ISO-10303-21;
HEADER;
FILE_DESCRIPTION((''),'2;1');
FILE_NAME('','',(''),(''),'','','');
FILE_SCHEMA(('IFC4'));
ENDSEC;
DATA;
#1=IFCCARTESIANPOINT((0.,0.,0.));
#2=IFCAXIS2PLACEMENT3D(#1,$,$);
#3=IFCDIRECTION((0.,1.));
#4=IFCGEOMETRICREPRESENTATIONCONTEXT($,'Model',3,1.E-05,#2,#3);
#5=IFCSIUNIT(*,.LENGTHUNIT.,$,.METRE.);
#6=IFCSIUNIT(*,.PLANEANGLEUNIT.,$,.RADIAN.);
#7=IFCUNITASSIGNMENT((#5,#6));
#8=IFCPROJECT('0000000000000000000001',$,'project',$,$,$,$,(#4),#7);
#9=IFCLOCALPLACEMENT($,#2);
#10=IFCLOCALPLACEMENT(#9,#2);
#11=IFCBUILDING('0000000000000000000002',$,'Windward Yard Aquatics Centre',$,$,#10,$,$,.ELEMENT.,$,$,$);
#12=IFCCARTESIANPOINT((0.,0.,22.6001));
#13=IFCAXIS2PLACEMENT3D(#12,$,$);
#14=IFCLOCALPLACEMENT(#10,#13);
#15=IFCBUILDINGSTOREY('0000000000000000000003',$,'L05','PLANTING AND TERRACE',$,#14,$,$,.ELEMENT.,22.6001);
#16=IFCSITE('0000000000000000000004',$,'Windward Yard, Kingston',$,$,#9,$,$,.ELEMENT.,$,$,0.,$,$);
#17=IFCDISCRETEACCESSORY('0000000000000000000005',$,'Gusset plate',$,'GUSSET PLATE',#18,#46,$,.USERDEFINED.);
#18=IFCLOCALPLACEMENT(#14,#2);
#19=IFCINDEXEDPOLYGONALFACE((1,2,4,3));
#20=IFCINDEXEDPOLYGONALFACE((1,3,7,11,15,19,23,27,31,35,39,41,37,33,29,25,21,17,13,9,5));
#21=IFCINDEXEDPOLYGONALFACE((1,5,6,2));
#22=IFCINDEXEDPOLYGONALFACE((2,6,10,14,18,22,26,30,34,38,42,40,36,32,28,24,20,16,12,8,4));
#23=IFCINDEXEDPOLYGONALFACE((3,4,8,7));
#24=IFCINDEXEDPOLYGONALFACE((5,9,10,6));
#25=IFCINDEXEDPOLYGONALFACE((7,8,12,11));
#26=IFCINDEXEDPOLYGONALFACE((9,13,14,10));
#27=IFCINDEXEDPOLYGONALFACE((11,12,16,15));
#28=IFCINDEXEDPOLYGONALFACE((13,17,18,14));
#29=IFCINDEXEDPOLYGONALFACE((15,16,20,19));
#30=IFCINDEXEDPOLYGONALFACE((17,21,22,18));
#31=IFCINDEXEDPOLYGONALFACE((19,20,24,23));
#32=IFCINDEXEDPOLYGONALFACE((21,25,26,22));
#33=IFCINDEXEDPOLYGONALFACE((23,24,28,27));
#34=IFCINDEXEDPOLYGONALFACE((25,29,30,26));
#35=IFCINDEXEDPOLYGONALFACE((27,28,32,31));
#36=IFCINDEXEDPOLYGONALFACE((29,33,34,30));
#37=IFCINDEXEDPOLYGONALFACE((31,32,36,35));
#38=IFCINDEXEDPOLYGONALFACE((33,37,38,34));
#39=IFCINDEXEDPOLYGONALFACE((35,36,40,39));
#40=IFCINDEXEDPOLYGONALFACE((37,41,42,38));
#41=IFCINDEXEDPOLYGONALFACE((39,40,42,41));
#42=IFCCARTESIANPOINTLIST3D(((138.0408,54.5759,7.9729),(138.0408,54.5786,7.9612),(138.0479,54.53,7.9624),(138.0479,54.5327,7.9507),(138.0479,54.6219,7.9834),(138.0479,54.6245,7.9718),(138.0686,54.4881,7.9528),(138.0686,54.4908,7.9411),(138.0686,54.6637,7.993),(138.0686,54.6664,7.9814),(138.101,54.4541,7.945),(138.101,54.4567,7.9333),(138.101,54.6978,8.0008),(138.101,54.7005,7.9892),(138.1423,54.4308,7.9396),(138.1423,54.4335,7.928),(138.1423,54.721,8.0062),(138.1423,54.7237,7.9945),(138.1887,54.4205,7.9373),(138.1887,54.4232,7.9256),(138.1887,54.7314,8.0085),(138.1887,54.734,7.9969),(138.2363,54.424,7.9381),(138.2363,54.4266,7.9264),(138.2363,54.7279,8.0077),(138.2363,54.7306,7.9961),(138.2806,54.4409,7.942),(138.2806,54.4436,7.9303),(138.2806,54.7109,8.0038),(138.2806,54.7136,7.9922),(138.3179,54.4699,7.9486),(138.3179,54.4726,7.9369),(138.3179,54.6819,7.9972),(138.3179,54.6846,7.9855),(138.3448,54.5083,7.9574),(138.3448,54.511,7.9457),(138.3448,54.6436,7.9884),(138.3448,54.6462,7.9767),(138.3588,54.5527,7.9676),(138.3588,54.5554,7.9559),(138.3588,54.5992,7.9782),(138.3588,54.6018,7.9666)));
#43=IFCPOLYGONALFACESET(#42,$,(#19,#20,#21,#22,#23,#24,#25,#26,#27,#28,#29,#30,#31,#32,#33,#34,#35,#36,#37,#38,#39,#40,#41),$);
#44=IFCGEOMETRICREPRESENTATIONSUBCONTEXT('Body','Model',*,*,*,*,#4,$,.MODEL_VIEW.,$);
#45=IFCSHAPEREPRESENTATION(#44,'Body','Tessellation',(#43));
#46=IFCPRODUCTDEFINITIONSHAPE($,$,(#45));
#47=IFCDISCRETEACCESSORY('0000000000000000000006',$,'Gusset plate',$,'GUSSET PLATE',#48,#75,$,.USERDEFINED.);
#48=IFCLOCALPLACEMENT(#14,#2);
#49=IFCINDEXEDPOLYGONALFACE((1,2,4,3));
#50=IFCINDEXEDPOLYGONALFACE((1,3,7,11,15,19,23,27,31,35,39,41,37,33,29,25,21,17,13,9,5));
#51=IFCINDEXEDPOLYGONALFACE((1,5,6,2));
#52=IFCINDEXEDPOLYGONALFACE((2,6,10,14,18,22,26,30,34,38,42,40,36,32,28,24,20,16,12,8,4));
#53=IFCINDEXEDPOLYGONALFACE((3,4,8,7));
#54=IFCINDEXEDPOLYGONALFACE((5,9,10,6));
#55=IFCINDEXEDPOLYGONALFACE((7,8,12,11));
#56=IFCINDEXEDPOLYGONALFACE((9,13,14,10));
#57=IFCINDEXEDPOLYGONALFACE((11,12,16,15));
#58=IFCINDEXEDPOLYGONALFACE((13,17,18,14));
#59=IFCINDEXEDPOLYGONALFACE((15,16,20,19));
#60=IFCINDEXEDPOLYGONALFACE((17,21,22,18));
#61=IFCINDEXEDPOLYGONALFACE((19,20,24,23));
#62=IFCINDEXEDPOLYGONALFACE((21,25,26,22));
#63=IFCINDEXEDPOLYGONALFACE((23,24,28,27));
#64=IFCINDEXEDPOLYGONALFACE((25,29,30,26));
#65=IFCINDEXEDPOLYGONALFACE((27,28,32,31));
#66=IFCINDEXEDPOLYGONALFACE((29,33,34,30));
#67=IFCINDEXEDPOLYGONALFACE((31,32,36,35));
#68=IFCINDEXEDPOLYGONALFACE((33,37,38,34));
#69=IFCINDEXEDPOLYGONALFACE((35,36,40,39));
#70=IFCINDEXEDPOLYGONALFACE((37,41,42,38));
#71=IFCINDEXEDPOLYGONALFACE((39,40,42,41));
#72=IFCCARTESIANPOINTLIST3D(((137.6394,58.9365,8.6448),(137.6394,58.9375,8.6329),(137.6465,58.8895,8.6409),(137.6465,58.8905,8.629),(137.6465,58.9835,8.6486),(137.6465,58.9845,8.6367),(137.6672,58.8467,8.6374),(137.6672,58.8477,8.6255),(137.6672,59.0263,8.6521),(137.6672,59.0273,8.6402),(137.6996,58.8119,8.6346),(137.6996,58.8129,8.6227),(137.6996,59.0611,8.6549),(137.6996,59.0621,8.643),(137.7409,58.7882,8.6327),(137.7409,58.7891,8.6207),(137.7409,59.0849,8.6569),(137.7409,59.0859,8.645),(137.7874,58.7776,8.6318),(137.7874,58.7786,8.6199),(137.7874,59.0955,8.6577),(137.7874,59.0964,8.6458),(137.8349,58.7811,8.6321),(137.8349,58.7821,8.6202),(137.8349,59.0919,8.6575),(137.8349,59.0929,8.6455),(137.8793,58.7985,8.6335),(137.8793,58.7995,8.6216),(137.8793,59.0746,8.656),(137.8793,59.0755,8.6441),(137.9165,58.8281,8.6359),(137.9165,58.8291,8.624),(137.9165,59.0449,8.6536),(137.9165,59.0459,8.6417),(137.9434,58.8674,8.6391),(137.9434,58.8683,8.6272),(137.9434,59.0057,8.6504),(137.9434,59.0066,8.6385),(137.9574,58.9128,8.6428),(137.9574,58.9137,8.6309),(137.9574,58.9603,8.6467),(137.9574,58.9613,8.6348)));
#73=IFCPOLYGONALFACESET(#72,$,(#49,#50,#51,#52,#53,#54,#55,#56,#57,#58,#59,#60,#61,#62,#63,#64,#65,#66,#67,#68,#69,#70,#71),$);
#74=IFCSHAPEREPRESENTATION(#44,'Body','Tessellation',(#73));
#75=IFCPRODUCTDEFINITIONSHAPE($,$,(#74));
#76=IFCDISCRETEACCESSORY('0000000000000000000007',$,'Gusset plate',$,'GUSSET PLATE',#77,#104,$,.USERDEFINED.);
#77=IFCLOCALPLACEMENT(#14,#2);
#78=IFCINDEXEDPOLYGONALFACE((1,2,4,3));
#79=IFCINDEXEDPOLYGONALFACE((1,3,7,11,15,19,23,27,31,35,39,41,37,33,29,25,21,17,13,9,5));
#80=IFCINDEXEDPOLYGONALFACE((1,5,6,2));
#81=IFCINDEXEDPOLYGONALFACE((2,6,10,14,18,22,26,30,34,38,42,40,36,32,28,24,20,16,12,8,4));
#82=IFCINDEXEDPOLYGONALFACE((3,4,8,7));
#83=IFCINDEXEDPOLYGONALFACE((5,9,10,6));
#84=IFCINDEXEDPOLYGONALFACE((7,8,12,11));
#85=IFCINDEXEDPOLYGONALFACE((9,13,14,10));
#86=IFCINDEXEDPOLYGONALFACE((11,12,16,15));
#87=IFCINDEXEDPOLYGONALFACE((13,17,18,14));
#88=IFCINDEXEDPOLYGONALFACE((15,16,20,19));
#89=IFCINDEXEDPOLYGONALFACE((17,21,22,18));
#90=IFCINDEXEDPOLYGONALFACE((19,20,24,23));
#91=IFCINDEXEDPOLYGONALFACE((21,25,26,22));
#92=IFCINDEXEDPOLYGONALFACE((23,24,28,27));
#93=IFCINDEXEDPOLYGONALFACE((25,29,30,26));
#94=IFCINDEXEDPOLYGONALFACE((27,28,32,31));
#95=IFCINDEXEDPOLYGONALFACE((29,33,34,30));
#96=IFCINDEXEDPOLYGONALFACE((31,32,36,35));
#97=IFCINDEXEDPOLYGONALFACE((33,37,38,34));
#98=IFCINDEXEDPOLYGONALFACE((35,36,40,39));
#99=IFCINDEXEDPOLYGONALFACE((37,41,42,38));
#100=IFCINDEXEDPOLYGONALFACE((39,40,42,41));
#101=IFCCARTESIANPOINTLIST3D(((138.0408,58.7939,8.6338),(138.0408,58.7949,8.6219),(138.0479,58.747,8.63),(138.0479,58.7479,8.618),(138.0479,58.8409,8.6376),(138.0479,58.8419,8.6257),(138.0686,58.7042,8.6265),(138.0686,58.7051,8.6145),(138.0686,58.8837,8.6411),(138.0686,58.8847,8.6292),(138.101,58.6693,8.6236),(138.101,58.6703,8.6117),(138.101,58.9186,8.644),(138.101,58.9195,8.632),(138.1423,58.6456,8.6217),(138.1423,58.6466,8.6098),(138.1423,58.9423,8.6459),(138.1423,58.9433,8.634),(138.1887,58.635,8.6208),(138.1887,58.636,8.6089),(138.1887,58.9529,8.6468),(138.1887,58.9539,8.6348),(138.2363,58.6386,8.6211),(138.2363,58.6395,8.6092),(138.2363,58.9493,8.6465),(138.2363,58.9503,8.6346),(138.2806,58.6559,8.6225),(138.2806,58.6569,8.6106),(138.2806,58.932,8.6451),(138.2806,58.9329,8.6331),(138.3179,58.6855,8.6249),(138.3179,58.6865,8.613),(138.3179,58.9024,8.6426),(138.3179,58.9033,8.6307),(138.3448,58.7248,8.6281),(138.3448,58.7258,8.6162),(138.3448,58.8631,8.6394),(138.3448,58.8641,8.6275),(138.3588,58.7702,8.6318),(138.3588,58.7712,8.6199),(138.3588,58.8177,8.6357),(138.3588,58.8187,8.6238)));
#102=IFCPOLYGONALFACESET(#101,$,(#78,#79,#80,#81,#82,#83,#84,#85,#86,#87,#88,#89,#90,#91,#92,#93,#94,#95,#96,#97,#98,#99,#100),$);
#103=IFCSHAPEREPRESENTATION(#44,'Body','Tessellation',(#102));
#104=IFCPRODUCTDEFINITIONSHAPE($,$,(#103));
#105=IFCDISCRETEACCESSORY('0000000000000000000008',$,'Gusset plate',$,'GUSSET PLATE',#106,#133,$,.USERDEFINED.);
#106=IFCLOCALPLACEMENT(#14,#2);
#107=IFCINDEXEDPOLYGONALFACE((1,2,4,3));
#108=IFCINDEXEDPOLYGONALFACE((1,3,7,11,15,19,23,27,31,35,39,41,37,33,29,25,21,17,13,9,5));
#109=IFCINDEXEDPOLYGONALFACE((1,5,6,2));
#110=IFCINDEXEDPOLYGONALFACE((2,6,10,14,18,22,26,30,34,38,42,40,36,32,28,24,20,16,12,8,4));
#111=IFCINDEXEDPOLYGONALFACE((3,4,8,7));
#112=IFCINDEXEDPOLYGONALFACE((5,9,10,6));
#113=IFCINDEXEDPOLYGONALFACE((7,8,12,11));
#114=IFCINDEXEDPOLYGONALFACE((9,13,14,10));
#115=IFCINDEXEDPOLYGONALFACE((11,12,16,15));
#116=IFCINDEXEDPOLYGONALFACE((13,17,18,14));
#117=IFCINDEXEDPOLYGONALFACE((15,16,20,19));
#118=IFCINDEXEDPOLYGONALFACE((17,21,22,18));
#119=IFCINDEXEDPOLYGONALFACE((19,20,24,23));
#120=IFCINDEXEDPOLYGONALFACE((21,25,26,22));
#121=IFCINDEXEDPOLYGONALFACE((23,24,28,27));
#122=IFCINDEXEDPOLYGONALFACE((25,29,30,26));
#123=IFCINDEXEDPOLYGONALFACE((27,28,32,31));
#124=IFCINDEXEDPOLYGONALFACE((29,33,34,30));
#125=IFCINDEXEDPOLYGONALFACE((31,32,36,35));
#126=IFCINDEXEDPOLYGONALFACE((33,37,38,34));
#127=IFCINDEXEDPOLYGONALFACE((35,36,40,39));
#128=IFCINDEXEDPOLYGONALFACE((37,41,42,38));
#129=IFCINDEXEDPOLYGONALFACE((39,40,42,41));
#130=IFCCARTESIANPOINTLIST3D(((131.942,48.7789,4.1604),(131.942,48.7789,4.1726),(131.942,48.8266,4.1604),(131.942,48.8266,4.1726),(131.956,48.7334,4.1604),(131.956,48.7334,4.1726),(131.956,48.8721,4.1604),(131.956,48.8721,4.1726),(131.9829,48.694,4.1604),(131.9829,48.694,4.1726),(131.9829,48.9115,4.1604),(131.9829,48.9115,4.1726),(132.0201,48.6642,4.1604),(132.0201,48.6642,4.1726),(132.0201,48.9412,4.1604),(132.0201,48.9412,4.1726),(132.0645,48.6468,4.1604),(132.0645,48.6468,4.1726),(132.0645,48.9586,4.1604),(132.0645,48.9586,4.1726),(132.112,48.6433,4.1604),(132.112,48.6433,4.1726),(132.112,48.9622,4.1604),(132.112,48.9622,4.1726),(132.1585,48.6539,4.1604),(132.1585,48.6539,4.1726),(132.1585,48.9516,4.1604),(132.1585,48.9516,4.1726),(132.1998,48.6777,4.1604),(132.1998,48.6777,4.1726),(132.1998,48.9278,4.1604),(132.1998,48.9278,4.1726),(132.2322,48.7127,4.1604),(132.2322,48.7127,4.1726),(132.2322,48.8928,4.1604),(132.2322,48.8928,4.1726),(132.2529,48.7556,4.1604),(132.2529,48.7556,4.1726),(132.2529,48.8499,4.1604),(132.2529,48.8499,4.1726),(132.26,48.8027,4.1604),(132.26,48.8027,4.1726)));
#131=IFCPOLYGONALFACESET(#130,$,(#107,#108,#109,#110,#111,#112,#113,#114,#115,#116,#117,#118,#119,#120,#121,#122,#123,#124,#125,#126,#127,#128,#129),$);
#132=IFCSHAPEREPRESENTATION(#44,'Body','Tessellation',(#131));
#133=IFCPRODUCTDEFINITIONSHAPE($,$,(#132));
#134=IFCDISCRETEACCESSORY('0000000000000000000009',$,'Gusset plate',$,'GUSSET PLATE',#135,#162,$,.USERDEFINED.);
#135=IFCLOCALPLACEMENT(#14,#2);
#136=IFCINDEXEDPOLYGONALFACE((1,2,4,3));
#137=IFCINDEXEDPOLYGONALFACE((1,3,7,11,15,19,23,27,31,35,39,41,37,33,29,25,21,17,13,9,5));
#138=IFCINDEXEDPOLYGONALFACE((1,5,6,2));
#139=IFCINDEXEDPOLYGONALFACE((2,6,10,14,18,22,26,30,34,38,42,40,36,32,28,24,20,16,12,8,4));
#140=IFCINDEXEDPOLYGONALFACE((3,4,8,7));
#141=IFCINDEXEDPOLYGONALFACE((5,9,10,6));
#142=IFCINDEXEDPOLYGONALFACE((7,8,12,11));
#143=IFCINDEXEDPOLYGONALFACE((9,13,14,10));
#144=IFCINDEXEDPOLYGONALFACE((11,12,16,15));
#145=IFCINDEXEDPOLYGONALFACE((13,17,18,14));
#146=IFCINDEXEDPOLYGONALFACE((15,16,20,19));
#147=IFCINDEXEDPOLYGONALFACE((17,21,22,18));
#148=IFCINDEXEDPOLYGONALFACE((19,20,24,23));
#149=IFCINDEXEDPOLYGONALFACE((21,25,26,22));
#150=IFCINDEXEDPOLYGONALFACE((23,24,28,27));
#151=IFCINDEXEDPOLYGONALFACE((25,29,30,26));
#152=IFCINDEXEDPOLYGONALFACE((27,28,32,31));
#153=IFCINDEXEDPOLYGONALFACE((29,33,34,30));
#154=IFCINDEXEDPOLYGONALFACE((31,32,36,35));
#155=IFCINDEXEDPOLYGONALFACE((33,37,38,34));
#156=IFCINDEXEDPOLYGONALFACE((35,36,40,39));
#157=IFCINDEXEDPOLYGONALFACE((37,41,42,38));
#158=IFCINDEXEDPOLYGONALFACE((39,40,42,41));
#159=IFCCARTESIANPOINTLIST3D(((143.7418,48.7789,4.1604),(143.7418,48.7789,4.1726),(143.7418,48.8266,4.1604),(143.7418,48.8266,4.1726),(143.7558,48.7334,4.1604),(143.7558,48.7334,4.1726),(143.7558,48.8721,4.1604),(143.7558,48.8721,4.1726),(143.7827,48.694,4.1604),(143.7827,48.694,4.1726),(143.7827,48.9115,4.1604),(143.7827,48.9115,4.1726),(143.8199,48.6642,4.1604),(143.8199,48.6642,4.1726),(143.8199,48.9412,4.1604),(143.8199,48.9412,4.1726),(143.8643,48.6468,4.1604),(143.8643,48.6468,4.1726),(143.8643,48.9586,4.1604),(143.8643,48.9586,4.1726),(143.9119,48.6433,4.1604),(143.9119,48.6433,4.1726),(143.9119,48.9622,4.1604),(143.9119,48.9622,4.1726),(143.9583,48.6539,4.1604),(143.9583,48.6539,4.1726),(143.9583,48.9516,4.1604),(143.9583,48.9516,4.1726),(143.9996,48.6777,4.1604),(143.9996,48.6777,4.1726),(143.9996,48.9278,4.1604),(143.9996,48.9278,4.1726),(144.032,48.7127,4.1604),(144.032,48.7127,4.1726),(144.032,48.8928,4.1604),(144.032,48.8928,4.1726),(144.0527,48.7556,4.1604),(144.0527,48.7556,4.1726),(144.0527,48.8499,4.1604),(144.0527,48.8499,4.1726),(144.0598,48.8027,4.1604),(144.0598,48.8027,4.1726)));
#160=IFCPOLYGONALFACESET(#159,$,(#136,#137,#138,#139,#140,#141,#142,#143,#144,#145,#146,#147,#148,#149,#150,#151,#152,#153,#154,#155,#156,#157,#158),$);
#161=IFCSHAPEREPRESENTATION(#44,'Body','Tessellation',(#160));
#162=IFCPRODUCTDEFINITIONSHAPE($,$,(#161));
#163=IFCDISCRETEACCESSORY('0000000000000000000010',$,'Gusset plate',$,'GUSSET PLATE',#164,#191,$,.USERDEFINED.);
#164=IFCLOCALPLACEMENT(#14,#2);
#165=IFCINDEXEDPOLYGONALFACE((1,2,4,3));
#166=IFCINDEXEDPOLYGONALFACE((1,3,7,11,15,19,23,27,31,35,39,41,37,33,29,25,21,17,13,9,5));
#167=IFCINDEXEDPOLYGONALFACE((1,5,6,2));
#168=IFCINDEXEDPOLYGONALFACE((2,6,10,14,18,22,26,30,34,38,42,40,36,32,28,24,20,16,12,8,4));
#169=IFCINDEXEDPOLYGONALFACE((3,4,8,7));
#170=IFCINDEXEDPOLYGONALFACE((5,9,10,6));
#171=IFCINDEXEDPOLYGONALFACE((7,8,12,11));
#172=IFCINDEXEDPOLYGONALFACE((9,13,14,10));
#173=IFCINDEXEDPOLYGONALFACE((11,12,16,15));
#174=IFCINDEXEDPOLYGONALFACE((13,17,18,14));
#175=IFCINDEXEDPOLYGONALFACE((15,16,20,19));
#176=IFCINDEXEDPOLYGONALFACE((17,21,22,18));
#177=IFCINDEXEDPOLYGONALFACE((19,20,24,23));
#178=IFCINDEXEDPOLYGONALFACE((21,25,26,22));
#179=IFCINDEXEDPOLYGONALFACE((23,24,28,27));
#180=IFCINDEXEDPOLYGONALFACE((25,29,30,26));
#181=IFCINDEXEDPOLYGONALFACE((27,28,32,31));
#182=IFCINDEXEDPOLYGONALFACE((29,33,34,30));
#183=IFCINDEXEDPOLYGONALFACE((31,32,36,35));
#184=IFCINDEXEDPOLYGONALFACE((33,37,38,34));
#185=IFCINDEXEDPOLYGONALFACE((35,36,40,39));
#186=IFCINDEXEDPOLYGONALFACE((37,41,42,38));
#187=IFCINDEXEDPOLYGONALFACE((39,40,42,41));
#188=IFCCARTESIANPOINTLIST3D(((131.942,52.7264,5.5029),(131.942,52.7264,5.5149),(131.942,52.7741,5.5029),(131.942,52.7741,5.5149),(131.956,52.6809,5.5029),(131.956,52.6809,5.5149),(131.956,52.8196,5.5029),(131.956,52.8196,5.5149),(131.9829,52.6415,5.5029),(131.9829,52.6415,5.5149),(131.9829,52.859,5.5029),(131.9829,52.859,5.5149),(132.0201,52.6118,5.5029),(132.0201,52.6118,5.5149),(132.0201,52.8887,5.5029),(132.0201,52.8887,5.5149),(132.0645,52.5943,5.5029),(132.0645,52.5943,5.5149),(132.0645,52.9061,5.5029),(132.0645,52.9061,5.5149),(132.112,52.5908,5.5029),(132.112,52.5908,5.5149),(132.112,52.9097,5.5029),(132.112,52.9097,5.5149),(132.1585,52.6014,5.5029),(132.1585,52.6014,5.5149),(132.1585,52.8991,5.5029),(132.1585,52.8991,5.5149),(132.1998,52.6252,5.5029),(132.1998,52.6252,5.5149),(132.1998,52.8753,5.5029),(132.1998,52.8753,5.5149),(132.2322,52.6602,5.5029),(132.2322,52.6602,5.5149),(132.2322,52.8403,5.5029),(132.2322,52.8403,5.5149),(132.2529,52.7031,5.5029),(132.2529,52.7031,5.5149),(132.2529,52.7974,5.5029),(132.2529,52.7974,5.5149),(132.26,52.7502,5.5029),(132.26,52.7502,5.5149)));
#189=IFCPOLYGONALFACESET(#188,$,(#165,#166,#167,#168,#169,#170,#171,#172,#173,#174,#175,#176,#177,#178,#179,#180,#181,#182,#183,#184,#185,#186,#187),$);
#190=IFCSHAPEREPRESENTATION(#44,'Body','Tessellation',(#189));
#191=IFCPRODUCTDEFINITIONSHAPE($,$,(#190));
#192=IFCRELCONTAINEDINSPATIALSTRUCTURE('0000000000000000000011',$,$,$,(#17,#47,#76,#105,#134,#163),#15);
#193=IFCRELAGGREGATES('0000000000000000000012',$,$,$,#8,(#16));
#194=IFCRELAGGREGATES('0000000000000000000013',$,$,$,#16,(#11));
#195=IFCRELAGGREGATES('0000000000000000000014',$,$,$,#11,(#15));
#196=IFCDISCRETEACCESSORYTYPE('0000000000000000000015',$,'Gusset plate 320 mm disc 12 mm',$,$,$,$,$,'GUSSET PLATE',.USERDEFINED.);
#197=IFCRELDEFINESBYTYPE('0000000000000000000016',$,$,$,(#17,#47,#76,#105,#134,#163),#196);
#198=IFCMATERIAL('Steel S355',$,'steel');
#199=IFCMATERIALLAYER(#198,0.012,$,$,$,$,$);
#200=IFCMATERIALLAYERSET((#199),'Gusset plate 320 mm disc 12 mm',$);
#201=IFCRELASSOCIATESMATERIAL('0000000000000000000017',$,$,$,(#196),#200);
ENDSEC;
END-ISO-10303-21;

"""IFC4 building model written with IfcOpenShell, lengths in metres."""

from ifc_helpers import new_model, si_unit, direction, frame, origin, origin_2d, place, context, subcontext, project, spatial, circle, extrude, material, layer, layer_set, type_object, element, save


model = new_model("IFC4")

# Units and contexts
model_context = context("Model", 3, precision=1e-05, world=origin(), true_north=direction((0.0, 1.0)))
body_context = subcontext(model_context, "Body", "Model", "MODEL_VIEW")
ifc_project = project(units=[si_unit("LENGTHUNIT", "METRE"), si_unit("PLANEANGLEUNIT", "RADIAN")], contexts=[model_context])

# Site, building, storey
site_placement = place(None, origin())
site = spatial("IfcSite", under=ifc_project, at=site_placement, Name="Windward Yard, Kingston", CompositionType="ELEMENT", RefElevation=0.0)
building_placement = place(site_placement, origin())
building = spatial("IfcBuilding", under=site, at=building_placement, Name="Windward Yard Aquatics Centre", CompositionType="ELEMENT")
storey_placement = place(building_placement, frame((0.0, 0.0, 22.6001)))
storey = spatial("IfcBuildingStorey", under=building, at=storey_placement, Name="L05", Description="PLANTING AND TERRACE", CompositionType="ELEMENT", Elevation=22.6001)

# Discrete accessories
ifc_material_1 = material(Name="Steel S355", Category="steel")
ifc_layer = layer(ifc_material_1, 0.012)
ifc_layer_set = layer_set([ifc_layer], Name="Gusset plate 320 mm disc 12 mm")
discrete_accessory_type = type_object("IfcDiscreteAccessoryType", Name="Gusset plate 320 mm disc 12 mm", ElementType="GUSSET PLATE", PredefinedType="USERDEFINED", material=ifc_layer_set)
for number, where, z_axis, x_axis, name in (
    (1, (138.2007, 54.5759, 7.9729), (0.0, 0.223376, -0.974732), (-1.0, 0.0, 0.0), "Gusset plate"),
    (2, (137.7993, 58.9365, 8.6448), (0.0, 0.081362, -0.996685), (-1.0, 0.0, 0.0), "Gusset plate"),
    (3, (138.2007, 58.7939, 8.6338), (0.0, 0.081362, -0.996685), (-1.0, 0.0, 0.0), "Gusset plate"),
):
    element("IfcDiscreteAccessory", number, at=place(storey_placement, frame(where, z_axis=z_axis, x_axis=x_axis)), inside=storey, type_object=discrete_accessory_type, Name=name, ObjectType="GUSSET PLATE", PredefinedType="USERDEFINED", context=body_context, shape_type="SweptSolid", body=[
        extrude(circle(Radius=0.1599, at=origin_2d()), origin(), (0.0, 0.0, 1.0), 0.012),
    ])
for number, where, z_axis, x_axis, name in (
    (4, (132.1001, 48.8027, 4.1604), (0.0, 0.0, 1.0), (1.0, 0.0, 0.0), "Gusset plate"),
    (5, (143.8999, 48.8027, 4.1604), (0.0, 0.0, 1.0), (1.0, 0.0, 0.0), "Gusset plate"),
):
    element("IfcDiscreteAccessory", number, at=place(storey_placement, frame(where, z_axis=z_axis, x_axis=x_axis)), inside=storey, type_object=discrete_accessory_type, Name=name, ObjectType="GUSSET PLATE", PredefinedType="USERDEFINED", context=body_context, shape_type="SweptSolid", body=[
        extrude(circle(Radius=0.1599, at=origin_2d()), origin(), (0.0, 0.0, 1.0), 0.0122),
    ])
for number, where, z_axis, x_axis, name in (
    (6, (132.1001, 52.7502, 5.5029), (0.0, 0.0, 1.0), (1.0, 0.0, 0.0), "Gusset plate"),
):
    element("IfcDiscreteAccessory", number, at=place(storey_placement, frame(where, z_axis=z_axis, x_axis=x_axis)), inside=storey, type_object=discrete_accessory_type, Name=name, ObjectType="GUSSET PLATE", PredefinedType="USERDEFINED", context=body_context, shape_type="SweptSolid", body=[
        extrude(circle(Radius=0.1599, at=origin_2d()), origin(), (0.0, 0.0, 1.0), 0.012),
    ])

save(model, "model.ifc")
